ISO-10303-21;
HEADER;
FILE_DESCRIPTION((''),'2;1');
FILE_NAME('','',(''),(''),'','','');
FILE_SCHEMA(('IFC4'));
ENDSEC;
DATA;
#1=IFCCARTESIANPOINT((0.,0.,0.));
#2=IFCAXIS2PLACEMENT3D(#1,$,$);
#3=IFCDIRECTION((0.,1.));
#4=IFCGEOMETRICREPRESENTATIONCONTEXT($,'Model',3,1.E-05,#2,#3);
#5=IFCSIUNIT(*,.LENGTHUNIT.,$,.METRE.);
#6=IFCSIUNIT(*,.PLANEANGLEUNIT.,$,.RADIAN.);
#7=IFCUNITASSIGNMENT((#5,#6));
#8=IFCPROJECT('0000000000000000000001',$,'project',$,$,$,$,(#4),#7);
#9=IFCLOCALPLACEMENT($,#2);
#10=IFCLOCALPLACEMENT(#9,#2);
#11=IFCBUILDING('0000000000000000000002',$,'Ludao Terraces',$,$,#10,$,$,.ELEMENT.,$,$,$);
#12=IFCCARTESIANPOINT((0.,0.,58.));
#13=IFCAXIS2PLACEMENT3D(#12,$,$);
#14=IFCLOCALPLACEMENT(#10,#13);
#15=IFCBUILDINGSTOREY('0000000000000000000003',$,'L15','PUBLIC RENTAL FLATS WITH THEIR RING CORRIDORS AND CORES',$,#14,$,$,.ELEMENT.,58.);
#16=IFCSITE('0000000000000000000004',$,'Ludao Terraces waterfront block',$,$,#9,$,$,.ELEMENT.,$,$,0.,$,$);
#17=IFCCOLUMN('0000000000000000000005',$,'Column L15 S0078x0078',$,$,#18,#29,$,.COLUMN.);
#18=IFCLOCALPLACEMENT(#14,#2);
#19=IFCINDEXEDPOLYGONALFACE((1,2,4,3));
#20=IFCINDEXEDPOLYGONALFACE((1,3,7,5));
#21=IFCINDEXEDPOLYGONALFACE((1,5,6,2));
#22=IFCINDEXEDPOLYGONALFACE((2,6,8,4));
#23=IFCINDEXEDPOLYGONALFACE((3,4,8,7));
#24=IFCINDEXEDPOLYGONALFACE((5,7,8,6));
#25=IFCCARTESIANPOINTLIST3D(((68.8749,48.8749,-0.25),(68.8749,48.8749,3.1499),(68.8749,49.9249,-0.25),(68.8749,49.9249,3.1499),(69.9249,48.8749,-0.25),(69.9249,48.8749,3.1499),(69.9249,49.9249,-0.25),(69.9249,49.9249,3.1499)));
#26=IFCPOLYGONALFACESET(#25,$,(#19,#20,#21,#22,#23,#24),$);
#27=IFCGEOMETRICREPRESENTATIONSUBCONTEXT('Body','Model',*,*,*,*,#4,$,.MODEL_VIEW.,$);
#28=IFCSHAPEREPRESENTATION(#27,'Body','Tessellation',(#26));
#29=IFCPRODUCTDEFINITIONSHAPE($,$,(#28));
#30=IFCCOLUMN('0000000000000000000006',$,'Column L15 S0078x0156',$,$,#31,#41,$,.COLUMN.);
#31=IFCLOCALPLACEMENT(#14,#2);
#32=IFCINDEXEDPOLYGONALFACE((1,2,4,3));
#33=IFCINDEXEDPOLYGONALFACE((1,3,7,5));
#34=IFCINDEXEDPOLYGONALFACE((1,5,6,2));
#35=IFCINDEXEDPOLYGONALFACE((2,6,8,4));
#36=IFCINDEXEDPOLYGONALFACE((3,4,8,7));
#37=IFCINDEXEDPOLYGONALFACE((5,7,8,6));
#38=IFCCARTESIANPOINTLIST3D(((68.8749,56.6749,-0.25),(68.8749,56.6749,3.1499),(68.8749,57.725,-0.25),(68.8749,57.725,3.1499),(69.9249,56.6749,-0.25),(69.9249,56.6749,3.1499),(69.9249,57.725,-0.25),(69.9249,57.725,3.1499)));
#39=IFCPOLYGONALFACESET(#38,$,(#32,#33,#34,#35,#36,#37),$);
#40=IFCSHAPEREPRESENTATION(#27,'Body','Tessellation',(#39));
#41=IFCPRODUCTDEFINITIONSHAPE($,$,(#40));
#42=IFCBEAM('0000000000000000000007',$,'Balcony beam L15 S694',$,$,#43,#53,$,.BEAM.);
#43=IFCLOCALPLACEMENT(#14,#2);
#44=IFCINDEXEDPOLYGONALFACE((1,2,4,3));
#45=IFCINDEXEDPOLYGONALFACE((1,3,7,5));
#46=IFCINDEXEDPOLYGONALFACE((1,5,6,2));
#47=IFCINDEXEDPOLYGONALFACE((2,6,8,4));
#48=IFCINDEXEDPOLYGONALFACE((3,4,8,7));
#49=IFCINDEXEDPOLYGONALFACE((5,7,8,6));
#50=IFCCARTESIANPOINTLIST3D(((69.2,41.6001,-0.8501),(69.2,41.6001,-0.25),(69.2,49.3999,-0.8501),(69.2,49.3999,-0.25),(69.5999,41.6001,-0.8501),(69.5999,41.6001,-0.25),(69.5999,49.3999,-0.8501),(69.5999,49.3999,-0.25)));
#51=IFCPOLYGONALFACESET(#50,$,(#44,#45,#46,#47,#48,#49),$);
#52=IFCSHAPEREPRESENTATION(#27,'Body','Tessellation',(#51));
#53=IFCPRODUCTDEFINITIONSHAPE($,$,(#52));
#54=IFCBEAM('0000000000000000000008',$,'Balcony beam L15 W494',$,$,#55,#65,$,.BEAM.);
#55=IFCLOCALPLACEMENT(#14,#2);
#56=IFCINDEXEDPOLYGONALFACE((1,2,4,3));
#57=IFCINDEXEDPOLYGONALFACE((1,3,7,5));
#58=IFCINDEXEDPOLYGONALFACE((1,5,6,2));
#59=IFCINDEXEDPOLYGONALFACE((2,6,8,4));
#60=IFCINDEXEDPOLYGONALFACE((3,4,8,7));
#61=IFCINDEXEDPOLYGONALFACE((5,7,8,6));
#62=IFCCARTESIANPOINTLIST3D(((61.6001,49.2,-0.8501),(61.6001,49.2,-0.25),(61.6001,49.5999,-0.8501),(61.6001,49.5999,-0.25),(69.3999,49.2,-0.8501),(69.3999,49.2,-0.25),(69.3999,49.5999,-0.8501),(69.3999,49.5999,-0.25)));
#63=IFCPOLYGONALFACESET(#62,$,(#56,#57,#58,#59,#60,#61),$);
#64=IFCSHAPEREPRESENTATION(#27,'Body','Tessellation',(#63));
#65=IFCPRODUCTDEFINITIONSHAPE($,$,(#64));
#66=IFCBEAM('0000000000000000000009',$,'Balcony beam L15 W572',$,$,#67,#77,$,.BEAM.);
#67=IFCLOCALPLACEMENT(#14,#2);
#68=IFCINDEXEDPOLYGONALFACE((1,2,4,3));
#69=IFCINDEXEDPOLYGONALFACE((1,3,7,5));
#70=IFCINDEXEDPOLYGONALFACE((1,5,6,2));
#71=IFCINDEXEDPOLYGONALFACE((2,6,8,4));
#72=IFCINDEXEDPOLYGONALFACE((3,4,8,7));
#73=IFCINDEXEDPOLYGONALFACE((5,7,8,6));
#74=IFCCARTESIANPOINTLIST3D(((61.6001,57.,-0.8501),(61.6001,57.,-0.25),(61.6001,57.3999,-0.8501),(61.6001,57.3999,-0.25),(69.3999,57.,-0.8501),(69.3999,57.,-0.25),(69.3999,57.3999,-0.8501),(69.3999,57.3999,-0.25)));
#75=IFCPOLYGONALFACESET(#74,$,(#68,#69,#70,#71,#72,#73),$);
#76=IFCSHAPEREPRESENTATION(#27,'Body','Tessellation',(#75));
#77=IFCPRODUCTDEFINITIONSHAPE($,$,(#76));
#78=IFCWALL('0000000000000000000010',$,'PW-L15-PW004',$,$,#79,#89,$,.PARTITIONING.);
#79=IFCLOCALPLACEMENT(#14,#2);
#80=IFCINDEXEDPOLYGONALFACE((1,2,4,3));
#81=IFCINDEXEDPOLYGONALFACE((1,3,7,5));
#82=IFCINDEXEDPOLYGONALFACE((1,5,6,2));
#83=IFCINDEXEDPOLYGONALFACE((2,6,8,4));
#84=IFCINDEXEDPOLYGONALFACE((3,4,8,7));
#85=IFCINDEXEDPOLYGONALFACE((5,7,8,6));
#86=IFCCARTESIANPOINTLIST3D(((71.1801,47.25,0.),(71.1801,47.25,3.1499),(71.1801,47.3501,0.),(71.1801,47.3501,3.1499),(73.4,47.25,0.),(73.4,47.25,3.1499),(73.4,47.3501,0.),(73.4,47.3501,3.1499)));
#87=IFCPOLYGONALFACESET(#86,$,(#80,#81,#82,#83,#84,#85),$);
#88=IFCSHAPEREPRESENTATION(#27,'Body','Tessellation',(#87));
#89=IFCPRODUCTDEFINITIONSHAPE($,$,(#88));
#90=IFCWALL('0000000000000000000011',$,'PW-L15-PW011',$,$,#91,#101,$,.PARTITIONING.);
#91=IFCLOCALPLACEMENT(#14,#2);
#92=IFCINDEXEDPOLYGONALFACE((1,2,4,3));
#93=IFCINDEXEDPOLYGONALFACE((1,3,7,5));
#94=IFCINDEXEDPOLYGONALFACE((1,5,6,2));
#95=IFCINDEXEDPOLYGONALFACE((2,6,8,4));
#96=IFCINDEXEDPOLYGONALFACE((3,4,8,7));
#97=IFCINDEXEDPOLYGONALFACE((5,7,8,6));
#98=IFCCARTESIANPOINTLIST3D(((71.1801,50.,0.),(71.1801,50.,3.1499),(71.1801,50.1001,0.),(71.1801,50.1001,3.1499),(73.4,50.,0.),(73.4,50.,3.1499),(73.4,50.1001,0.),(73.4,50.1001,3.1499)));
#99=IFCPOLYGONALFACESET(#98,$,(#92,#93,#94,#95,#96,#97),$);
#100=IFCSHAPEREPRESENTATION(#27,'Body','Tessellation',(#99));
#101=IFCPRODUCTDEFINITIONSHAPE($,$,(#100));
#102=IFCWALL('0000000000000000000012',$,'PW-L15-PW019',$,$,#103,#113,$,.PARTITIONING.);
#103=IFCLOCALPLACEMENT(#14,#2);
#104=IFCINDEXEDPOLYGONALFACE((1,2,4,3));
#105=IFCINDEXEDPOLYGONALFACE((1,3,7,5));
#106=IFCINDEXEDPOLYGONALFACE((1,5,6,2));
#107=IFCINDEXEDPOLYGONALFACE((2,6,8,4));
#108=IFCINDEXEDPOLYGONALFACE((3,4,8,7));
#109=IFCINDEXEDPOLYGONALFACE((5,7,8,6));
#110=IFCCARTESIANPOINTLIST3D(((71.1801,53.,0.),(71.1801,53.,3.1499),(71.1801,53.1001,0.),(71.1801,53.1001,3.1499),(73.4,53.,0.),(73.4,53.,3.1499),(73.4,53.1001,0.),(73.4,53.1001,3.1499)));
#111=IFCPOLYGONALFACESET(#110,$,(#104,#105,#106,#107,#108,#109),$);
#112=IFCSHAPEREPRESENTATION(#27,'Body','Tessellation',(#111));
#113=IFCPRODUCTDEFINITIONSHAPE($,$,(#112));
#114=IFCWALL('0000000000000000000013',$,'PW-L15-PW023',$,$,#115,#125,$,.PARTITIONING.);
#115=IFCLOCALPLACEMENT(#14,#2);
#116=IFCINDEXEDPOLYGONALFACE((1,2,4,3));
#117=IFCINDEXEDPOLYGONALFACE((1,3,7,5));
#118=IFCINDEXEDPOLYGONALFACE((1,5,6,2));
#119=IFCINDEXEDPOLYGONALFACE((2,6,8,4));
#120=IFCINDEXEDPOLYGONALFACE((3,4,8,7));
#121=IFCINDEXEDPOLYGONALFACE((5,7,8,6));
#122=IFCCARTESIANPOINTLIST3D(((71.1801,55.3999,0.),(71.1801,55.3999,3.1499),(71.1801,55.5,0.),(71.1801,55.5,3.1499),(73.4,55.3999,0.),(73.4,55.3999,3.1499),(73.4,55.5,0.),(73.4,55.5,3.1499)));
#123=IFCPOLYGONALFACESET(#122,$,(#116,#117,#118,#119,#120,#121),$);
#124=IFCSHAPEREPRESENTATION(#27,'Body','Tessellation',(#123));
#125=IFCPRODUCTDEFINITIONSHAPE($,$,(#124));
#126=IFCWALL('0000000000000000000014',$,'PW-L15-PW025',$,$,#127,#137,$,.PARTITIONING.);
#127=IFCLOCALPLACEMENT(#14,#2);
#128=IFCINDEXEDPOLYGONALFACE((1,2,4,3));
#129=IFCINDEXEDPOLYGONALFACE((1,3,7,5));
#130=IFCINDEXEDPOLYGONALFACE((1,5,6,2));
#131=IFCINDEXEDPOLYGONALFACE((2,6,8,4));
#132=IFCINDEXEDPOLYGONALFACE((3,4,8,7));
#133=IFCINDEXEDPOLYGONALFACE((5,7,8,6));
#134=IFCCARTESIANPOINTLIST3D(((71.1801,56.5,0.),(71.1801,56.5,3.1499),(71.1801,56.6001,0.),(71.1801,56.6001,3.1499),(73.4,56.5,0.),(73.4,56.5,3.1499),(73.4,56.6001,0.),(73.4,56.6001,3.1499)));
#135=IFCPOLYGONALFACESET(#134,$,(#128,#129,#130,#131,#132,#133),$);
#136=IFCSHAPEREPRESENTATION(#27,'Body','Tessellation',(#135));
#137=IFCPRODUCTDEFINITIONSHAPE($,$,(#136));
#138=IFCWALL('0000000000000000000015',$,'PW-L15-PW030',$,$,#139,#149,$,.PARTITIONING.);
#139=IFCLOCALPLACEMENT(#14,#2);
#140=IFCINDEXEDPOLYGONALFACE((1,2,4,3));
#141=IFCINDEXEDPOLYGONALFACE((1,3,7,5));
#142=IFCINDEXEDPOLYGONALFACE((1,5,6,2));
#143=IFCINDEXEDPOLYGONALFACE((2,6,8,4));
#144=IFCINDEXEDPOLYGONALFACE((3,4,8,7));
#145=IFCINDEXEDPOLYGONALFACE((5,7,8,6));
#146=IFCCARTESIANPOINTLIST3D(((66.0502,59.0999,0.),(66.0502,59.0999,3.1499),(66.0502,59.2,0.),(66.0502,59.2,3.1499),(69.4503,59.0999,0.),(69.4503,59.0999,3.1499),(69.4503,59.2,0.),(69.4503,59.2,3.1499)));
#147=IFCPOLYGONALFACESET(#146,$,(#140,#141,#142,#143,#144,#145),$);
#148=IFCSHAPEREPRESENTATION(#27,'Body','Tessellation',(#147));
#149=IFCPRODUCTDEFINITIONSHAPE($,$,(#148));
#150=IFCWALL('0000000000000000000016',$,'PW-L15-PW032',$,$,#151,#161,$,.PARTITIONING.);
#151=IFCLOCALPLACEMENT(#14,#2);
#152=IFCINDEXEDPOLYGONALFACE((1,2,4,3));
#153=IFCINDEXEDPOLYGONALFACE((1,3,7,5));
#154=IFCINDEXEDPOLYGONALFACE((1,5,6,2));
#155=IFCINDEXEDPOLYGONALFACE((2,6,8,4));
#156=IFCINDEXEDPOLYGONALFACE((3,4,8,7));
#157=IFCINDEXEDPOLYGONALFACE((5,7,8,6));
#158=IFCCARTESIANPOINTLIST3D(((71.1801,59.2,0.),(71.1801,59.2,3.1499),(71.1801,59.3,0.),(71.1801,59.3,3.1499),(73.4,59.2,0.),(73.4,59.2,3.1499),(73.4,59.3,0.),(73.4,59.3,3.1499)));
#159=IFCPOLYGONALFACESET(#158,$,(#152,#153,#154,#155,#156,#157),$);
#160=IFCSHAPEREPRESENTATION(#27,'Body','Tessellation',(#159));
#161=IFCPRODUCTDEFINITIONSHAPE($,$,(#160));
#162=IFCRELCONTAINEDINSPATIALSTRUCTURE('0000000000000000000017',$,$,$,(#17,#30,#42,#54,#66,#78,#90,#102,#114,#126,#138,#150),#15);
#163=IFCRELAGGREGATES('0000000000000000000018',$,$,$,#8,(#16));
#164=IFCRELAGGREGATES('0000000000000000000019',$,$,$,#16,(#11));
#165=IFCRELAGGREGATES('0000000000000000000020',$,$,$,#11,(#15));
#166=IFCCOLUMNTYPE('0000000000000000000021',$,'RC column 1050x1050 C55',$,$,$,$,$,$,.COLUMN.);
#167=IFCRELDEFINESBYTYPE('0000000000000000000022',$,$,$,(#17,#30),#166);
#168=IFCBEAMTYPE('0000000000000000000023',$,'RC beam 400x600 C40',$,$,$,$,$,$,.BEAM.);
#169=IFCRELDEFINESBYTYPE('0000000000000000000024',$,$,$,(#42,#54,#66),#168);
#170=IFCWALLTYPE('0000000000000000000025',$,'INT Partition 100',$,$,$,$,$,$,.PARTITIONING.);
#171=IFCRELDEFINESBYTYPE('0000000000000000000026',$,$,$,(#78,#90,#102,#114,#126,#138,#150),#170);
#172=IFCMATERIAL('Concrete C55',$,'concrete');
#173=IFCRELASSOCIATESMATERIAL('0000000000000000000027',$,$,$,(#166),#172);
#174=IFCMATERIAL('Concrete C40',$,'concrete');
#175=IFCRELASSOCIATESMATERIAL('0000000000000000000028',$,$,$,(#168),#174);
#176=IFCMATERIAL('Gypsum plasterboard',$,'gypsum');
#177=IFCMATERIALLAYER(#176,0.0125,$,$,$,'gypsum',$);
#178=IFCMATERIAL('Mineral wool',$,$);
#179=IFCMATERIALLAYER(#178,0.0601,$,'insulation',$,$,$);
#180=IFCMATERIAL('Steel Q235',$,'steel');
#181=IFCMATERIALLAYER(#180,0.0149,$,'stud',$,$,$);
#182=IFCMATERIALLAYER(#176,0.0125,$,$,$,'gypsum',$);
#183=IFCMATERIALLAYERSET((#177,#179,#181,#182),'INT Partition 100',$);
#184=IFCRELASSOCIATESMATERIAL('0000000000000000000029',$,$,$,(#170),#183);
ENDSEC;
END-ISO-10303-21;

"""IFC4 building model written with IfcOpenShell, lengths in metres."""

from ifc_helpers import new_model, si_unit, direction, frame, frame_2d, origin, origin_2d, place, context, subcontext, project, spatial, rectangle, extrude, material, layer, layer_set, material_profile, profile_set, type_object, element, save


model = new_model("IFC4")

# Units and contexts
model_context = context("Model", 3, precision=1e-05, world=origin(), true_north=direction((0.0, 1.0)))
body_context = subcontext(model_context, "Body", "Model", "MODEL_VIEW")
ifc_project = project(units=[si_unit("LENGTHUNIT", "METRE"), si_unit("PLANEANGLEUNIT", "RADIAN")], contexts=[model_context])

# Site, building, storey
site_placement = place(None, origin())
site = spatial("IfcSite", under=ifc_project, at=site_placement, Name="Ludao Terraces waterfront block", CompositionType="ELEMENT", RefElevation=0.0)
building_placement = place(site_placement, origin())
building = spatial("IfcBuilding", under=site, at=building_placement, Name="Ludao Terraces", CompositionType="ELEMENT")
storey_placement = place(building_placement, frame((0.0, 0.0, 58.0)))
storey = spatial("IfcBuildingStorey", under=building, at=storey_placement, Name="L15", Description="PUBLIC RENTAL FLATS WITH THEIR RING CORRIDORS AND CORES", CompositionType="ELEMENT", Elevation=58.0)

# Columns
ifc_material_1 = material(Name="Concrete C55", Category="concrete")
ifc_material_profile_1 = material_profile(ifc_material_1, rectangle(XDim=1.05, YDim=1.05, at=origin_2d()), Name="1050 X 1050")
ifc_profile_set_1 = profile_set([ifc_material_profile_1], Name="Concrete C55")
column_type = type_object("IfcColumnType", Name="RC column 1050x1050 C55", PredefinedType="COLUMN", material=ifc_profile_set_1)
for number, where, z_axis, x_axis, name in (
    (1, (69.3999, 49.3999, -0.25), (0.0, 0.0, 1.0), (1.0, 0.0, 0.0), "Column L15 S0078x0078"),
    (2, (69.3999, 57.2, -0.25), (0.0, 0.0, 1.0), (1.0, 0.0, 0.0), "Column L15 S0078x0156"),
):
    element("IfcColumn", number, at=place(storey_placement, frame(where, z_axis=z_axis, x_axis=x_axis)), inside=storey, type_object=column_type, Name=name, PredefinedType="COLUMN", context=body_context, shape_type="SweptSolid", body=[
        extrude(rectangle(XDim=1.05, YDim=1.05, at=origin_2d()), origin(), (0.0, 0.0, 1.0), 3.3999),
    ])

# Beams
ifc_material_2 = material(Name="Concrete C40", Category="concrete")
ifc_material_profile_2 = material_profile(ifc_material_2, rectangle(XDim=0.3999, YDim=0.6001, at=origin_2d()), Name="400 X 600")
ifc_profile_set_2 = profile_set([ifc_material_profile_2], Name="Concrete C40")
beam_type = type_object("IfcBeamType", Name="RC beam 400x600 C40", PredefinedType="BEAM", material=ifc_profile_set_2)
for number, where, z_axis, x_axis, name in (
    (3, (69.3999, 49.3999, -0.55), (0.0, -1.0, 0.0), (1.0, 0.0, 0.0), "Balcony beam L15 S694"),
    (4, (69.3999, 49.3999, -0.55), (-1.0, 0.0, 0.0), (0.0, -1.0, 0.0), "Balcony beam L15 W494"),
    (5, (69.3999, 57.2, -0.55), (-1.0, 0.0, 0.0), (0.0, -1.0, 0.0), "Balcony beam L15 W572"),
):
    element("IfcBeam", number, at=place(storey_placement, frame(where, z_axis=z_axis, x_axis=x_axis)), inside=storey, type_object=beam_type, Name=name, PredefinedType="BEAM", context=body_context, shape_type="SweptSolid", body=[
        extrude(rectangle(XDim=0.3999, YDim=0.6001, at=origin_2d()), origin(), (0.0, 0.0, 1.0), 7.7998),
    ])

# Walls
ifc_material_3 = material(Name="Gypsum plasterboard", Category="gypsum")
ifc_layer_1 = layer(ifc_material_3, 0.0125, Category="gypsum")
ifc_material_4 = material(Name="Mineral wool")
ifc_layer_2 = layer(ifc_material_4, 0.0601, Name="insulation")
ifc_material_5 = material(Name="Steel Q235", Category="steel")
ifc_layer_3 = layer(ifc_material_5, 0.0149, Name="stud")
ifc_layer_4 = layer(ifc_material_3, 0.0125, Category="gypsum")
ifc_layer_set = layer_set([ifc_layer_1, ifc_layer_2, ifc_layer_3, ifc_layer_4], Name="INT Partition 100")
wall_type = type_object("IfcWallType", Name="INT Partition 100", PredefinedType="PARTITIONING", material=ifc_layer_set)
for number, where, z_axis, x_axis, name in (
    (6, (71.1802, 47.3, 0.0), (0.0, 0.0, 1.0), (1.0, 0.0, 0.0), "PW-L15-PW004"),
    (7, (71.1802, 50.05, 0.0), (0.0, 0.0, 1.0), (1.0, 0.0, 0.0), "PW-L15-PW011"),
    (8, (71.1802, 53.05, 0.0), (0.0, 0.0, 1.0), (1.0, 0.0, 0.0), "PW-L15-PW019"),
    (9, (71.1802, 55.45, 0.0), (0.0, 0.0, 1.0), (1.0, 0.0, 0.0), "PW-L15-PW023"),
    (10, (71.1802, 56.55, 0.0), (0.0, 0.0, 1.0), (1.0, 0.0, 0.0), "PW-L15-PW025"),
):
    element("IfcWall", number, at=place(storey_placement, frame(where, z_axis=z_axis, x_axis=x_axis)), inside=storey, type_object=wall_type, Name=name, PredefinedType="PARTITIONING", context=body_context, shape_type="SweptSolid", body=[
        extrude(rectangle(XDim=2.22, YDim=0.1001, at=frame_2d((1.1099, 0.0))), origin(), (0.0, 0.0, 1.0), 3.1499),
    ])
wall_1_placement = place(storey_placement, frame((66.05, 59.1499, 0.0), z_axis=(0.0, 0.0, 1.0), x_axis=(1.0, 0.0, 0.0)))
element("IfcWall", 11, at=wall_1_placement, inside=storey, type_object=wall_type, Name="PW-L15-PW030", PredefinedType="PARTITIONING", context=body_context, shape_type="SweptSolid", body=[
    extrude(rectangle(XDim=3.4001, YDim=0.1001, at=frame_2d((1.7002, 0.0))), origin(), (0.0, 0.0, 1.0), 3.1499),
])
wall_2_placement = place(storey_placement, frame((71.1802, 59.25, 0.0), z_axis=(0.0, 0.0, 1.0), x_axis=(1.0, 0.0, 0.0)))
element("IfcWall", 12, at=wall_2_placement, inside=storey, type_object=wall_type, Name="PW-L15-PW032", PredefinedType="PARTITIONING", context=body_context, shape_type="SweptSolid", body=[
    extrude(rectangle(XDim=2.22, YDim=0.1001, at=frame_2d((1.1099, 0.0))), origin(), (0.0, 0.0, 1.0), 3.1499),
])

save(model, "model.ifc")
